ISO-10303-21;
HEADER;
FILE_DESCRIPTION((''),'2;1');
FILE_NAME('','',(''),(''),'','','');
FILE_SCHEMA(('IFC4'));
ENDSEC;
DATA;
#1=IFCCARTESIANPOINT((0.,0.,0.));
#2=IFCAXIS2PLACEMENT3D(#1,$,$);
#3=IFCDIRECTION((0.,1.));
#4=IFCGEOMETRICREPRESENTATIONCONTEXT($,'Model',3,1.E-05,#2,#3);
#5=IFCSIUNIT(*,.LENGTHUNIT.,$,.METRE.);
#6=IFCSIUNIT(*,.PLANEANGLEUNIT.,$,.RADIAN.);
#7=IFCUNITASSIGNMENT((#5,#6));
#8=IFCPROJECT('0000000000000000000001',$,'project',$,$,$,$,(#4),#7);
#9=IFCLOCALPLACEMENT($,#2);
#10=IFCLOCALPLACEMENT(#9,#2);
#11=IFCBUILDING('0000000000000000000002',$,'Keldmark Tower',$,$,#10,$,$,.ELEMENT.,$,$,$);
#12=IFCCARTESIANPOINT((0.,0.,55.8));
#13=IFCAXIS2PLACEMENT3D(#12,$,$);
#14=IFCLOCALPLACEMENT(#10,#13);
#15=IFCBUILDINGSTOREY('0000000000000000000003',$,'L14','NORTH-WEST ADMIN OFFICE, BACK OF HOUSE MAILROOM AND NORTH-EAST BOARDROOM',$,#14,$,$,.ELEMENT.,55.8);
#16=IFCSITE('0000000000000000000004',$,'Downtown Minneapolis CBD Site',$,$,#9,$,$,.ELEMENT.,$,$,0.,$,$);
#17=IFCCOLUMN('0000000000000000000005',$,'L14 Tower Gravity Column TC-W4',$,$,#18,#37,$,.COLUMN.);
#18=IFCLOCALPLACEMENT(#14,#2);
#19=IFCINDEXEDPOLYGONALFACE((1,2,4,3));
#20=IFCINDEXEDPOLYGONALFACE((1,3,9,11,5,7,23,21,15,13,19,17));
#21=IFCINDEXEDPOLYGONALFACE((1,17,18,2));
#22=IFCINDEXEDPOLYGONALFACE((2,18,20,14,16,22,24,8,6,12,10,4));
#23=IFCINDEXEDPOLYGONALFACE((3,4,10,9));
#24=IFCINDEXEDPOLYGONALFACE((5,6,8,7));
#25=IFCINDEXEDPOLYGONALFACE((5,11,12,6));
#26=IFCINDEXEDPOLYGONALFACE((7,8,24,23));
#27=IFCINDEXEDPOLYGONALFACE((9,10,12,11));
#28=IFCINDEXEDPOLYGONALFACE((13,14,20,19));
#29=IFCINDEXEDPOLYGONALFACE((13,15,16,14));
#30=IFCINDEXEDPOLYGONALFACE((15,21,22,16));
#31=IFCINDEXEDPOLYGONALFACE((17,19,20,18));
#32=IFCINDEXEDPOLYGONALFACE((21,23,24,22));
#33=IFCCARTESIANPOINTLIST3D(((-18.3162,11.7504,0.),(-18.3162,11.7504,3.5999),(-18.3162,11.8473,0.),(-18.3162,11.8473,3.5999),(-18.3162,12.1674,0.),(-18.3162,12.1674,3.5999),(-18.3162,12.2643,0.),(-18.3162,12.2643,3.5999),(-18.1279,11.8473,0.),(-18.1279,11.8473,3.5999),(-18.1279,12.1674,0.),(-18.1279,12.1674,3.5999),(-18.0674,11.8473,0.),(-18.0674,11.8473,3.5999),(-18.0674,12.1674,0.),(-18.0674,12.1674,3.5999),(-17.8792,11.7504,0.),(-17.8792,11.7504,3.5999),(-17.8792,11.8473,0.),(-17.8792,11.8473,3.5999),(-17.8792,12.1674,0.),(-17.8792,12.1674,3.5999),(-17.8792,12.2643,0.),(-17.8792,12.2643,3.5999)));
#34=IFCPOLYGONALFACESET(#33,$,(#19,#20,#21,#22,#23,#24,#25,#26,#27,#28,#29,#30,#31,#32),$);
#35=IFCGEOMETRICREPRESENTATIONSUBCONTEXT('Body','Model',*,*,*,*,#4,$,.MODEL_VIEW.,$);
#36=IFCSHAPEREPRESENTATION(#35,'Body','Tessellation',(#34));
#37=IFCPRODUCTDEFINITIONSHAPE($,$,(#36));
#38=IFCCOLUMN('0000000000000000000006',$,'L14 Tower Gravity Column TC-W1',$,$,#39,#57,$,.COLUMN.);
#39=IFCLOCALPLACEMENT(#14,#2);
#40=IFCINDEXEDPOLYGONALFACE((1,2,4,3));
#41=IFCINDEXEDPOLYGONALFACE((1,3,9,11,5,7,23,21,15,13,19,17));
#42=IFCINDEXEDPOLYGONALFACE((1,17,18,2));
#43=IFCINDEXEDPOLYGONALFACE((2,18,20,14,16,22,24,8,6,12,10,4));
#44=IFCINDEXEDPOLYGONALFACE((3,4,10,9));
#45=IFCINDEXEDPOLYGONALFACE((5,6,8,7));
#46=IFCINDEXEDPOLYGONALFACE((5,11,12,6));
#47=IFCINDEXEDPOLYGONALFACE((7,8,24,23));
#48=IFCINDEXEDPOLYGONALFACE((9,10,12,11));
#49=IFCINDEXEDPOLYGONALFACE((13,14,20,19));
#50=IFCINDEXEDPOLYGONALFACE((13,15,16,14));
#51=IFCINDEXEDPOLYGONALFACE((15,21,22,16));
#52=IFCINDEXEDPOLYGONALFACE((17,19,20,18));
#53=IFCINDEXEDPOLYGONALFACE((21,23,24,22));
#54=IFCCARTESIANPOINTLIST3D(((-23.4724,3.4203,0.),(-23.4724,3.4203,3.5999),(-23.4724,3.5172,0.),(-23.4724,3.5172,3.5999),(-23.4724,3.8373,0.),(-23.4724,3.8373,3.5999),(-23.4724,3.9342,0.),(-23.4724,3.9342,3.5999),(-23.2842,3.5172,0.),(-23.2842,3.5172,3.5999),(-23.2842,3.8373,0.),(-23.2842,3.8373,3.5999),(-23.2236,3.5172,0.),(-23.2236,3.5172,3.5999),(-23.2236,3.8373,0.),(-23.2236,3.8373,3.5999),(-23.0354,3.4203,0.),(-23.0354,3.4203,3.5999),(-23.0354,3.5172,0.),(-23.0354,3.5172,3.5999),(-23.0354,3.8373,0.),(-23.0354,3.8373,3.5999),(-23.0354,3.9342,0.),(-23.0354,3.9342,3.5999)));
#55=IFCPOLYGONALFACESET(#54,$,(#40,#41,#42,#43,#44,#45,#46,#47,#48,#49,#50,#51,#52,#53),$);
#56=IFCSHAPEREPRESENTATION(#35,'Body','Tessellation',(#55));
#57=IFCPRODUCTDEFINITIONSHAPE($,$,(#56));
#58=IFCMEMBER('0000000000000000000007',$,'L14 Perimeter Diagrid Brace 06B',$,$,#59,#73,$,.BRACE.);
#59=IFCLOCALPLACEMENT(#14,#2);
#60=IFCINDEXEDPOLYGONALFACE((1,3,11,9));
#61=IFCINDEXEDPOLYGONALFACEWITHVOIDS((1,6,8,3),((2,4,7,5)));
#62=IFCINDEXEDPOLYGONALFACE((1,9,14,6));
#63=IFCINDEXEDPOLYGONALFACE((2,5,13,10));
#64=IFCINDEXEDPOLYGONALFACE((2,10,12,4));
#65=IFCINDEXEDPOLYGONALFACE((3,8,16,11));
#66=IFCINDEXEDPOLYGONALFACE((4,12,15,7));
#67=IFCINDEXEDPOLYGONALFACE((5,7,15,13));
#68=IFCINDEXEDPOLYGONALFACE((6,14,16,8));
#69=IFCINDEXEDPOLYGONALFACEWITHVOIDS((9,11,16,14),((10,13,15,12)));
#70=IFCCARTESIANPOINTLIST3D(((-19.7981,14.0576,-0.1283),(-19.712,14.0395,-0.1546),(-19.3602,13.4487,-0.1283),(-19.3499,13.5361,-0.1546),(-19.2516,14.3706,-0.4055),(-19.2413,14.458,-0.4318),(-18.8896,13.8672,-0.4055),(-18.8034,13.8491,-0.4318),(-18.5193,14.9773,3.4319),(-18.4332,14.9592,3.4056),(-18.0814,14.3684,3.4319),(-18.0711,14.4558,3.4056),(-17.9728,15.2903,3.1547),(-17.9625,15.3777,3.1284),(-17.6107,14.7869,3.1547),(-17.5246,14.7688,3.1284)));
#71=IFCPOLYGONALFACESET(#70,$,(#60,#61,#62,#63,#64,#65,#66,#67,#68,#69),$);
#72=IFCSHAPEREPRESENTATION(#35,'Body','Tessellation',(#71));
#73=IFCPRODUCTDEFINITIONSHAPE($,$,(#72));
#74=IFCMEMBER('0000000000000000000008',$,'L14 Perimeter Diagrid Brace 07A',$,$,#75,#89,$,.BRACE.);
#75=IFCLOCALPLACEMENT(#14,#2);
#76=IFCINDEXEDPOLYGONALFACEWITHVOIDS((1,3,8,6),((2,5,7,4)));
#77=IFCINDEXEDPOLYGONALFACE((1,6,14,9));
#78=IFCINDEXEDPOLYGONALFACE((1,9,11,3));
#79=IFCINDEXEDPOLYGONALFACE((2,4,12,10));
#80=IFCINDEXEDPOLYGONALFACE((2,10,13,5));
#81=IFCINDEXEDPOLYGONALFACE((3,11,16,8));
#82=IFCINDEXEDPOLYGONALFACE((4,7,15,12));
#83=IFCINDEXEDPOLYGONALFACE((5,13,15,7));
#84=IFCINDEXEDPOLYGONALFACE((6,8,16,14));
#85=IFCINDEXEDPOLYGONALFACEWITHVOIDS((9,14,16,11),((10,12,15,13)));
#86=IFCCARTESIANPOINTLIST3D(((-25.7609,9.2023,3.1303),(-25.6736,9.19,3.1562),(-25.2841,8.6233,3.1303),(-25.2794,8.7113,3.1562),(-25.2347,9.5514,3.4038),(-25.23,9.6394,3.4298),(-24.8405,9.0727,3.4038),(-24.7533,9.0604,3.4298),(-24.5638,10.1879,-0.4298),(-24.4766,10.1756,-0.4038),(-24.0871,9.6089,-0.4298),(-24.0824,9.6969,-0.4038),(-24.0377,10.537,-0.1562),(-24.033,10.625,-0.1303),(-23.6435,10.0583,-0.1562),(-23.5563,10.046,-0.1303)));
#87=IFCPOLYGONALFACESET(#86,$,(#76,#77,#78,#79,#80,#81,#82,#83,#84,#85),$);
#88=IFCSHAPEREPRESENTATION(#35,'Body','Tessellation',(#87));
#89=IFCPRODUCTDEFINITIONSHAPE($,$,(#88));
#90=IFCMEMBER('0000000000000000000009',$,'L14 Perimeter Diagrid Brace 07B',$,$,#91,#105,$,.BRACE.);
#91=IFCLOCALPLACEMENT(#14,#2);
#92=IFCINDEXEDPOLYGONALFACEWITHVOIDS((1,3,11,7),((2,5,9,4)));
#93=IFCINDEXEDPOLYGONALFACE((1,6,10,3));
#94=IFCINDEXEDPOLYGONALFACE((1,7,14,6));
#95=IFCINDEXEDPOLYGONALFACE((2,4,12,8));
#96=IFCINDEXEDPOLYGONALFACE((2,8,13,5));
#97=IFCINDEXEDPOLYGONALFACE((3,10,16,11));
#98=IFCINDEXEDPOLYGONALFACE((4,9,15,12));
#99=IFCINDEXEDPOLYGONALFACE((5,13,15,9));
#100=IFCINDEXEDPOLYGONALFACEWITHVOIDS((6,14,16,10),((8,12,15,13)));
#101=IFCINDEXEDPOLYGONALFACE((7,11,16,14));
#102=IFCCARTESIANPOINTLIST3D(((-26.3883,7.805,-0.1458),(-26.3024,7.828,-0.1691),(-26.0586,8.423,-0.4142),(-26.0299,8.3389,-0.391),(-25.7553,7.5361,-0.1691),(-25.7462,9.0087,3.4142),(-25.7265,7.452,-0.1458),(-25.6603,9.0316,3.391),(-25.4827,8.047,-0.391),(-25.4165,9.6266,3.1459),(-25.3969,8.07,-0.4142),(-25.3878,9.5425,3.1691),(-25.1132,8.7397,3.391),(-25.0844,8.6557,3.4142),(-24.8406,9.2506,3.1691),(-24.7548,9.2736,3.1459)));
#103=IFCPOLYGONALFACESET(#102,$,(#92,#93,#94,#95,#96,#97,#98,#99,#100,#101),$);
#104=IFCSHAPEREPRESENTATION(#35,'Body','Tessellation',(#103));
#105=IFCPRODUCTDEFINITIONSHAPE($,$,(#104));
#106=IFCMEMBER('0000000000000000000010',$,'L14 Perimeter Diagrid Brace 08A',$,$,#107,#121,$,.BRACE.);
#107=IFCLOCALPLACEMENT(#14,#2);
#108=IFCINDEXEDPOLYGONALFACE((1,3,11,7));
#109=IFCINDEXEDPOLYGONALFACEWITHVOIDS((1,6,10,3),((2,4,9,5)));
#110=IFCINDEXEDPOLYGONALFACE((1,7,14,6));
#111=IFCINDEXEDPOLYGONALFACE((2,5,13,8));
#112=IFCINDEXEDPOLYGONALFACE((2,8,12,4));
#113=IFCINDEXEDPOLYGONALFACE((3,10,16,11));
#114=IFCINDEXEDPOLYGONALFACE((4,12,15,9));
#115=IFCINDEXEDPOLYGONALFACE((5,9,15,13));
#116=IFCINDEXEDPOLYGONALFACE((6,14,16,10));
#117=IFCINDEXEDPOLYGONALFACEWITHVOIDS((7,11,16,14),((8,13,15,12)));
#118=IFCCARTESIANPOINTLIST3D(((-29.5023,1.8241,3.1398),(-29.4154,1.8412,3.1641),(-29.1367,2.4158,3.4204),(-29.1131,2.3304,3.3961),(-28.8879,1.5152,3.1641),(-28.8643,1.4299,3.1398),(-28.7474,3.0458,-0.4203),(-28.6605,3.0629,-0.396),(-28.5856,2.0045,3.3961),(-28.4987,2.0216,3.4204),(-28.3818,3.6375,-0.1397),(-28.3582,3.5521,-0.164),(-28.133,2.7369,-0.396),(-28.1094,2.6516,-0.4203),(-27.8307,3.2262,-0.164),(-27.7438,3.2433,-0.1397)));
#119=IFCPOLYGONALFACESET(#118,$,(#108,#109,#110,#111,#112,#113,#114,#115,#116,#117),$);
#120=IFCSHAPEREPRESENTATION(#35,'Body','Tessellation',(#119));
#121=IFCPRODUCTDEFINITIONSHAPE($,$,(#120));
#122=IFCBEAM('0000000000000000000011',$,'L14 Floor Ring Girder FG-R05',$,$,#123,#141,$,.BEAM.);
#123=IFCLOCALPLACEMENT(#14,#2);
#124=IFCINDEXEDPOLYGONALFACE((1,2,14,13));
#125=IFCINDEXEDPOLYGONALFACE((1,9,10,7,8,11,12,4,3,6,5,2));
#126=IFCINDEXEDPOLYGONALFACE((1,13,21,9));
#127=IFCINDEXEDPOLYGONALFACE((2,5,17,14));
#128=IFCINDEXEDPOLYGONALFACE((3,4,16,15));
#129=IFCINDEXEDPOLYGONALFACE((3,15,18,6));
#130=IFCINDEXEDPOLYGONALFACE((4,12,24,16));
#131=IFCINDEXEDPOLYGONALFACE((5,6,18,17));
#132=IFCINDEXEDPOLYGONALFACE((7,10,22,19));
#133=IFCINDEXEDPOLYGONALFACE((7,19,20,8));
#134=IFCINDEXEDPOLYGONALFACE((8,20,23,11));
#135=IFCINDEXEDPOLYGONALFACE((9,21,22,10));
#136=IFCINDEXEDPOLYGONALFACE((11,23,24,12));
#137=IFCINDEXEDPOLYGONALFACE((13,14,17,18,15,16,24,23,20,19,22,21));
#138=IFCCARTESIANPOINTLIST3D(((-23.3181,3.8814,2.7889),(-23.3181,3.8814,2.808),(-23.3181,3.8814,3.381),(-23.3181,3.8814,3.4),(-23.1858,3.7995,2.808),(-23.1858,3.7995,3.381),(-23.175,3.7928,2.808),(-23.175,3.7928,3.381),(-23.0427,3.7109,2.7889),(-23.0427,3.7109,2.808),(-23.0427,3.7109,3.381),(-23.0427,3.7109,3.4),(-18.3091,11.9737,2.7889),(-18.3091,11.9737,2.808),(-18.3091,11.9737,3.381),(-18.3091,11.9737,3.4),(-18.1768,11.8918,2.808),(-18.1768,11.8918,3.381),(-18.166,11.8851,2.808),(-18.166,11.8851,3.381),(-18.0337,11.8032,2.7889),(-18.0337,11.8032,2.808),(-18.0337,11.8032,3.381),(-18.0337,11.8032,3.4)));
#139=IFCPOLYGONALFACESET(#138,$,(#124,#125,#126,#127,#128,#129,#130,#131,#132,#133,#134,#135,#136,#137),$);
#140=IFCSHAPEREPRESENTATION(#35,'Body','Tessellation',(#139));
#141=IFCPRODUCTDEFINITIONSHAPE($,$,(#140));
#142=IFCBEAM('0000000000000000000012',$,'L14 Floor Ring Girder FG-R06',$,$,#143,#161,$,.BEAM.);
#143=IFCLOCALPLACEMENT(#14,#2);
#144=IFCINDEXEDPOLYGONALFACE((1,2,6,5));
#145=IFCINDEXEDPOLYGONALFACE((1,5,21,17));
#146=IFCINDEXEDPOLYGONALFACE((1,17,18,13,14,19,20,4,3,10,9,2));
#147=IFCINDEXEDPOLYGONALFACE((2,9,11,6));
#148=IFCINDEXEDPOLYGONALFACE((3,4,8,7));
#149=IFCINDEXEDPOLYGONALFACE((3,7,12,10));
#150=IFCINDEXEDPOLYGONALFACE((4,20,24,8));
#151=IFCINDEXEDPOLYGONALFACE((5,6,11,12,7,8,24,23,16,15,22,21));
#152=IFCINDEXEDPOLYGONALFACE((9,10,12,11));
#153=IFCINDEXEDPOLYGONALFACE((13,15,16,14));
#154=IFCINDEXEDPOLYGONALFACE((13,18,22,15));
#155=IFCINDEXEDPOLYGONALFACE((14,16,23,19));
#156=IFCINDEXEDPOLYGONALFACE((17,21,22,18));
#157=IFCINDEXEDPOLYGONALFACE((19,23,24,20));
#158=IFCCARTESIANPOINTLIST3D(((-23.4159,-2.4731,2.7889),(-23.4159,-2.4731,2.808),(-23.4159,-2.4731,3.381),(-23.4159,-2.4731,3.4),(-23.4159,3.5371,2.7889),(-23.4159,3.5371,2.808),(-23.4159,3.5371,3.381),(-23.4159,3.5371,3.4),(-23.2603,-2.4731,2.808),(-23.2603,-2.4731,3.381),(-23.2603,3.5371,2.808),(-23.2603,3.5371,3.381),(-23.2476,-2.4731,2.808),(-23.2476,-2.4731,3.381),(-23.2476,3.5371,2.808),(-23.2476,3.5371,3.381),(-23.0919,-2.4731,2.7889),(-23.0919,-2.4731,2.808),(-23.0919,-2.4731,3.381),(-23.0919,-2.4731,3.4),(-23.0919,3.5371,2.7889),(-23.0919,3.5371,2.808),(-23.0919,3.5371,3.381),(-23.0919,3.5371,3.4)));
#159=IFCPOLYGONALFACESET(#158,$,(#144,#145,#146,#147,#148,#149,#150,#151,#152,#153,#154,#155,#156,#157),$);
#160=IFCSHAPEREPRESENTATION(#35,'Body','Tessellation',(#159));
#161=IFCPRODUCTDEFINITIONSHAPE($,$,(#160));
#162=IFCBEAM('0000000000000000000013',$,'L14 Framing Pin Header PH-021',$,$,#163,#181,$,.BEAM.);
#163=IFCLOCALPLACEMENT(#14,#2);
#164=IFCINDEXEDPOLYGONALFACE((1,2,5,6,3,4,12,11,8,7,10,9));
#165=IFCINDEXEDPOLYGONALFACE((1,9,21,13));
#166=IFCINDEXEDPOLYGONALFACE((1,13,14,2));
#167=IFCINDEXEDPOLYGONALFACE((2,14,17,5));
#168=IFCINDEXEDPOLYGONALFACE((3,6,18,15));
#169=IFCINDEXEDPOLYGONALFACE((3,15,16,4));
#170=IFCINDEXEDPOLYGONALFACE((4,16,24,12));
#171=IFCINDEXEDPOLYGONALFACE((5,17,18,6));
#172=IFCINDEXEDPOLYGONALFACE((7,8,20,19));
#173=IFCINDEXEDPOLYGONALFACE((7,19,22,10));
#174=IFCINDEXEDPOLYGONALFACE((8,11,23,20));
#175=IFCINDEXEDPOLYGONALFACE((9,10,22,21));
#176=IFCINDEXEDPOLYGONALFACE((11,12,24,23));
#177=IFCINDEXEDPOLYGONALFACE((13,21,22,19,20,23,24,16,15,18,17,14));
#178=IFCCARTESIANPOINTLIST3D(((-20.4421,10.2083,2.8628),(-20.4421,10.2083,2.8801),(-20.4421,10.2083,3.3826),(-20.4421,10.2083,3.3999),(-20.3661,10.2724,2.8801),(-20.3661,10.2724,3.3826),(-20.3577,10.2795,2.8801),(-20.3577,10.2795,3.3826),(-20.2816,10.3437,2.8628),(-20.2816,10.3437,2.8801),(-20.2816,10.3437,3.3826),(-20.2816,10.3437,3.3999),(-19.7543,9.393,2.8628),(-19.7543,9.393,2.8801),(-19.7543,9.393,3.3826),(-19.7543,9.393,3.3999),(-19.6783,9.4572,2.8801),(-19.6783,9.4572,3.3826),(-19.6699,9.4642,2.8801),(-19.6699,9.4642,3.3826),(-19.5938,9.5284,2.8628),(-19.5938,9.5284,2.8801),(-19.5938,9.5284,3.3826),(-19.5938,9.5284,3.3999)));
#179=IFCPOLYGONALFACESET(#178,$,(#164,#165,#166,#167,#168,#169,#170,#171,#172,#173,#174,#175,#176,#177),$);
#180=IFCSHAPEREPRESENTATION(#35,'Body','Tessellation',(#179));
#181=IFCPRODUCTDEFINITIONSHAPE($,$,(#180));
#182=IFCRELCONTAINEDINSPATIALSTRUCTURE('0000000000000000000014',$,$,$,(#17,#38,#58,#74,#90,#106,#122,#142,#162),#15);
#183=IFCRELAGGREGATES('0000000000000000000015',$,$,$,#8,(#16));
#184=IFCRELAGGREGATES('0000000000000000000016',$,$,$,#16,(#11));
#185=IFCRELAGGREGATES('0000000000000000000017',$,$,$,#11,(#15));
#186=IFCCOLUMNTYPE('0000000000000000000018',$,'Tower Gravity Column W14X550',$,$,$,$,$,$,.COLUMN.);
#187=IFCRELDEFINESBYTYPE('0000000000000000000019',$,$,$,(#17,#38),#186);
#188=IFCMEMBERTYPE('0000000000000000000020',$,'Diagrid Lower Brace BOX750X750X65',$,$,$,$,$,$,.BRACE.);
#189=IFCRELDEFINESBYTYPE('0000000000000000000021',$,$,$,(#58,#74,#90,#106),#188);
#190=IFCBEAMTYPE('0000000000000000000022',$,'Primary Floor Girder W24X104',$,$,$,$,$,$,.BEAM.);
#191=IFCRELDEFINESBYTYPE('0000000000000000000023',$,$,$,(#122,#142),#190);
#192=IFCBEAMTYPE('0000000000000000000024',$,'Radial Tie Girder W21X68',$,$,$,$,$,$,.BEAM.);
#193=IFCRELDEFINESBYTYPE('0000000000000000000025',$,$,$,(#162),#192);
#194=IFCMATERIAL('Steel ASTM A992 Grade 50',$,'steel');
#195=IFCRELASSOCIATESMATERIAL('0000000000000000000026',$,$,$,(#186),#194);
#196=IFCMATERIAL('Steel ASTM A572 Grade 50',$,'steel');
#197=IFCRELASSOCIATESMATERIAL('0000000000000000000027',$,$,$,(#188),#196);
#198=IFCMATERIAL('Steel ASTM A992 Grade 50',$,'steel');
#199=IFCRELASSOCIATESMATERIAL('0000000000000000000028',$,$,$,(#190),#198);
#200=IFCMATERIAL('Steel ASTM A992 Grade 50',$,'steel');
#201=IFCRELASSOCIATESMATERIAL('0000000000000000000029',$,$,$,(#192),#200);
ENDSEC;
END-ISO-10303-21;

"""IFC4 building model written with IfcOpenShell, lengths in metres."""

from ifc_helpers import new_model, si_unit, direction, frame, origin, origin_2d, place, context, subcontext, project, spatial, hollow_rectangle, i_section, extrude, material, material_profile, profile_set, type_object, element, save


model = new_model("IFC4")

# Units and contexts
model_context = context("Model", 3, precision=1e-05, world=origin(), true_north=direction((0.0, 1.0)))
body_context = subcontext(model_context, "Body", "Model", "MODEL_VIEW")
ifc_project = project(units=[si_unit("LENGTHUNIT", "METRE"), si_unit("PLANEANGLEUNIT", "RADIAN")], contexts=[model_context])

# Site, building, storey
site_placement = place(None, origin())
site = spatial("IfcSite", under=ifc_project, at=site_placement, Name="Downtown Minneapolis CBD Site", CompositionType="ELEMENT", RefElevation=0.0)
building_placement = place(site_placement, origin())
building = spatial("IfcBuilding", under=site, at=building_placement, Name="Keldmark Tower", CompositionType="ELEMENT")
storey_placement = place(building_placement, frame((0.0, 0.0, 55.8)))
storey = spatial("IfcBuildingStorey", under=building, at=storey_placement, Name="L14", Description="NORTH-WEST ADMIN OFFICE, BACK OF HOUSE MAILROOM AND NORTH-EAST BOARDROOM", CompositionType="ELEMENT", Elevation=55.8)

# Columns
ifc_material_1 = material(Name="Steel ASTM A992 Grade 50", Category="steel")
ifc_material_profile_1 = material_profile(ifc_material_1, i_section(OverallWidth=0.437, OverallDepth=0.5139, WebThickness=0.0605, FlangeThickness=0.0969, at=origin_2d()), Name="W14X550")
ifc_profile_set_1 = profile_set([ifc_material_profile_1], Name="Steel ASTM A992 Grade 50")
column_type = type_object("IfcColumnType", Name="Tower Gravity Column W14X550", PredefinedType="COLUMN", material=ifc_profile_set_1)
for number, where, z_axis, x_axis, name in (
    (1, (-18.0977, 12.0073, 0.0), (0.0, 0.0, 1.0), (1.0, 0.0, 0.0), "L14 Tower Gravity Column TC-W4"),
    (2, (-23.2539, 3.6772, 0.0), (0.0, 0.0, 1.0), (1.0, 0.0, 0.0), "L14 Tower Gravity Column TC-W1"),
):
    element("IfcColumn", number, at=place(storey_placement, frame(where, z_axis=z_axis, x_axis=x_axis)), inside=storey, type_object=column_type, Name=name, PredefinedType="COLUMN", context=body_context, shape_type="SweptSolid", body=[
        extrude(i_section(OverallWidth=0.437, OverallDepth=0.5139, WebThickness=0.0605, FlangeThickness=0.0969, at=origin_2d()), origin(), (0.0, 0.0, 1.0), 3.5999),
    ])

# Members
ifc_material_2 = material(Name="Steel ASTM A572 Grade 50", Category="steel")
ifc_material_profile_2 = material_profile(ifc_material_2, hollow_rectangle(XDim=0.75, YDim=0.75, WallThickness=0.0649, at=origin_2d()), Name="BOX750X750X65")
ifc_profile_set_2 = profile_set([ifc_material_profile_2], Name="Steel ASTM A572 Grade 50")
member_type = type_object("IfcMemberType", Name="Diagrid Lower Brace BOX750X750X65", PredefinedType="BRACE", material=ifc_profile_set_2)
member_1_placement = place(storey_placement, frame((-19.3008, 13.9534, -0.28), z_axis=(0.328492, 0.236241, 0.914485), x_axis=(-0.58386, 0.811855, 0.0)))
element("IfcMember", 3, at=member_1_placement, inside=storey, type_object=member_type, Name="L14 Perimeter Diagrid Brace 06B", PredefinedType="BRACE", context=body_context, shape_type="SweptSolid", body=[
    extrude(hollow_rectangle(XDim=0.75, YDim=0.75, WallThickness=0.0649, at=origin_2d()), origin(), (0.0, 0.0, 1.0), 3.8931),
])
member_2_placement = place(storey_placement, frame((-24.0601, 10.1169, -0.28), z_axis=(-0.308266, -0.253818, 0.916814), x_axis=(0.635636, -0.771989, 0.0)))
element("IfcMember", 4, at=member_2_placement, inside=storey, type_object=member_type, Name="L14 Perimeter Diagrid Brace 07A", PredefinedType="BRACE", context=body_context, shape_type="SweptSolid", body=[
    extrude(hollow_rectangle(XDim=0.75, YDim=0.75, WallThickness=0.0649, at=origin_2d()), origin(), (0.0, 0.0, 1.0), 3.8831),
])
member_3_placement = place(storey_placement, frame((-25.8926, 7.9375, -0.28), z_axis=(0.168418, 0.315704, 0.933791), x_axis=(-0.882303, 0.470681, 0.0)))
element("IfcMember", 5, at=member_3_placement, inside=storey, type_object=member_type, Name="L14 Perimeter Diagrid Brace 07B", PredefinedType="BRACE", context=body_context, shape_type="SweptSolid", body=[
    extrude(hollow_rectangle(XDim=0.75, YDim=0.75, WallThickness=0.0649, at=origin_2d()), origin(), (0.0, 0.0, 1.0), 3.8125),
])
member_4_placement = place(storey_placement, frame((-28.2456, 3.1445, -0.28), z_axis=(-0.196646, -0.318245, 0.927389), x_axis=(0.8507, -0.525652, 0.0)))
element("IfcMember", 6, at=member_4_placement, inside=storey, type_object=member_type, Name="L14 Perimeter Diagrid Brace 08A", PredefinedType="BRACE", context=body_context, shape_type="SweptSolid", body=[
    extrude(hollow_rectangle(XDim=0.75, YDim=0.75, WallThickness=0.0649, at=origin_2d()), origin(), (0.0, 0.0, 1.0), 3.8389),
])

# Beams
ifc_material_3 = material(Name="Steel ASTM A992 Grade 50", Category="steel")
ifc_material_profile_3 = material_profile(ifc_material_3, i_section(OverallWidth=0.324, OverallDepth=0.6111, WebThickness=0.0127, FlangeThickness=0.019, at=origin_2d()), Name="W24X104")
ifc_profile_set_3 = profile_set([ifc_material_profile_3], Name="Steel ASTM A992 Grade 50")
beam_type_1 = type_object("IfcBeamType", Name="Primary Floor Girder W24X104", PredefinedType="BEAM", material=ifc_profile_set_3)
beam_1_placement = place(storey_placement, frame((-18.1714, 11.8884, 3.0945), z_axis=(-0.526318, -0.850288, 0.0), x_axis=(0.850288, -0.526318, 0.0)))
element("IfcBeam", 7, at=beam_1_placement, inside=storey, type_object=beam_type_1, Name="L14 Floor Ring Girder FG-R05", PredefinedType="BEAM", context=body_context, shape_type="SweptSolid", body=[
    extrude(i_section(OverallWidth=0.324, OverallDepth=0.6111, WebThickness=0.0127, FlangeThickness=0.019, at=origin_2d()), origin(), (0.0, 0.0, 1.0), 9.5171),
])
beam_2_placement = place(storey_placement, frame((-23.2539, 3.5371, 3.0945), z_axis=(0.0, -1.0, 0.0), x_axis=(1.0, 0.0, 0.0)))
element("IfcBeam", 8, at=beam_2_placement, inside=storey, type_object=beam_type_1, Name="L14 Floor Ring Girder FG-R06", PredefinedType="BEAM", context=body_context, shape_type="SweptSolid", body=[
    extrude(i_section(OverallWidth=0.324, OverallDepth=0.6111, WebThickness=0.0127, FlangeThickness=0.019, at=origin_2d()), origin(), (0.0, 0.0, 1.0), 6.0103),
])
ifc_material_4 = material(Name="Steel ASTM A992 Grade 50", Category="steel")
ifc_material_profile_4 = material_profile(ifc_material_4, i_section(OverallWidth=0.21, OverallDepth=0.5371, WebThickness=0.011, FlangeThickness=0.0173, at=origin_2d()), Name="W21X68")
ifc_profile_set_4 = profile_set([ifc_material_profile_4], Name="Steel ASTM A992 Grade 50")
beam_type_2 = type_object("IfcBeamType", Name="Radial Tie Girder W21X68", PredefinedType="BEAM", material=ifc_profile_set_4)
beam_3_placement = place(storey_placement, frame((-19.6741, 9.4607, 3.1313), z_axis=(-0.644833, 0.764323, 0.0), x_axis=(-0.764323, -0.644833, 0.0)))
element("IfcBeam", 9, at=beam_3_placement, inside=storey, type_object=beam_type_2, Name="L14 Framing Pin Header PH-021", PredefinedType="BEAM", context=body_context, shape_type="SweptSolid", body=[
    extrude(i_section(OverallWidth=0.21, OverallDepth=0.5371, WebThickness=0.011, FlangeThickness=0.0173, at=origin_2d()), origin(), (0.0, 0.0, 1.0), 1.0667),
])

save(model, "model.ifc")
